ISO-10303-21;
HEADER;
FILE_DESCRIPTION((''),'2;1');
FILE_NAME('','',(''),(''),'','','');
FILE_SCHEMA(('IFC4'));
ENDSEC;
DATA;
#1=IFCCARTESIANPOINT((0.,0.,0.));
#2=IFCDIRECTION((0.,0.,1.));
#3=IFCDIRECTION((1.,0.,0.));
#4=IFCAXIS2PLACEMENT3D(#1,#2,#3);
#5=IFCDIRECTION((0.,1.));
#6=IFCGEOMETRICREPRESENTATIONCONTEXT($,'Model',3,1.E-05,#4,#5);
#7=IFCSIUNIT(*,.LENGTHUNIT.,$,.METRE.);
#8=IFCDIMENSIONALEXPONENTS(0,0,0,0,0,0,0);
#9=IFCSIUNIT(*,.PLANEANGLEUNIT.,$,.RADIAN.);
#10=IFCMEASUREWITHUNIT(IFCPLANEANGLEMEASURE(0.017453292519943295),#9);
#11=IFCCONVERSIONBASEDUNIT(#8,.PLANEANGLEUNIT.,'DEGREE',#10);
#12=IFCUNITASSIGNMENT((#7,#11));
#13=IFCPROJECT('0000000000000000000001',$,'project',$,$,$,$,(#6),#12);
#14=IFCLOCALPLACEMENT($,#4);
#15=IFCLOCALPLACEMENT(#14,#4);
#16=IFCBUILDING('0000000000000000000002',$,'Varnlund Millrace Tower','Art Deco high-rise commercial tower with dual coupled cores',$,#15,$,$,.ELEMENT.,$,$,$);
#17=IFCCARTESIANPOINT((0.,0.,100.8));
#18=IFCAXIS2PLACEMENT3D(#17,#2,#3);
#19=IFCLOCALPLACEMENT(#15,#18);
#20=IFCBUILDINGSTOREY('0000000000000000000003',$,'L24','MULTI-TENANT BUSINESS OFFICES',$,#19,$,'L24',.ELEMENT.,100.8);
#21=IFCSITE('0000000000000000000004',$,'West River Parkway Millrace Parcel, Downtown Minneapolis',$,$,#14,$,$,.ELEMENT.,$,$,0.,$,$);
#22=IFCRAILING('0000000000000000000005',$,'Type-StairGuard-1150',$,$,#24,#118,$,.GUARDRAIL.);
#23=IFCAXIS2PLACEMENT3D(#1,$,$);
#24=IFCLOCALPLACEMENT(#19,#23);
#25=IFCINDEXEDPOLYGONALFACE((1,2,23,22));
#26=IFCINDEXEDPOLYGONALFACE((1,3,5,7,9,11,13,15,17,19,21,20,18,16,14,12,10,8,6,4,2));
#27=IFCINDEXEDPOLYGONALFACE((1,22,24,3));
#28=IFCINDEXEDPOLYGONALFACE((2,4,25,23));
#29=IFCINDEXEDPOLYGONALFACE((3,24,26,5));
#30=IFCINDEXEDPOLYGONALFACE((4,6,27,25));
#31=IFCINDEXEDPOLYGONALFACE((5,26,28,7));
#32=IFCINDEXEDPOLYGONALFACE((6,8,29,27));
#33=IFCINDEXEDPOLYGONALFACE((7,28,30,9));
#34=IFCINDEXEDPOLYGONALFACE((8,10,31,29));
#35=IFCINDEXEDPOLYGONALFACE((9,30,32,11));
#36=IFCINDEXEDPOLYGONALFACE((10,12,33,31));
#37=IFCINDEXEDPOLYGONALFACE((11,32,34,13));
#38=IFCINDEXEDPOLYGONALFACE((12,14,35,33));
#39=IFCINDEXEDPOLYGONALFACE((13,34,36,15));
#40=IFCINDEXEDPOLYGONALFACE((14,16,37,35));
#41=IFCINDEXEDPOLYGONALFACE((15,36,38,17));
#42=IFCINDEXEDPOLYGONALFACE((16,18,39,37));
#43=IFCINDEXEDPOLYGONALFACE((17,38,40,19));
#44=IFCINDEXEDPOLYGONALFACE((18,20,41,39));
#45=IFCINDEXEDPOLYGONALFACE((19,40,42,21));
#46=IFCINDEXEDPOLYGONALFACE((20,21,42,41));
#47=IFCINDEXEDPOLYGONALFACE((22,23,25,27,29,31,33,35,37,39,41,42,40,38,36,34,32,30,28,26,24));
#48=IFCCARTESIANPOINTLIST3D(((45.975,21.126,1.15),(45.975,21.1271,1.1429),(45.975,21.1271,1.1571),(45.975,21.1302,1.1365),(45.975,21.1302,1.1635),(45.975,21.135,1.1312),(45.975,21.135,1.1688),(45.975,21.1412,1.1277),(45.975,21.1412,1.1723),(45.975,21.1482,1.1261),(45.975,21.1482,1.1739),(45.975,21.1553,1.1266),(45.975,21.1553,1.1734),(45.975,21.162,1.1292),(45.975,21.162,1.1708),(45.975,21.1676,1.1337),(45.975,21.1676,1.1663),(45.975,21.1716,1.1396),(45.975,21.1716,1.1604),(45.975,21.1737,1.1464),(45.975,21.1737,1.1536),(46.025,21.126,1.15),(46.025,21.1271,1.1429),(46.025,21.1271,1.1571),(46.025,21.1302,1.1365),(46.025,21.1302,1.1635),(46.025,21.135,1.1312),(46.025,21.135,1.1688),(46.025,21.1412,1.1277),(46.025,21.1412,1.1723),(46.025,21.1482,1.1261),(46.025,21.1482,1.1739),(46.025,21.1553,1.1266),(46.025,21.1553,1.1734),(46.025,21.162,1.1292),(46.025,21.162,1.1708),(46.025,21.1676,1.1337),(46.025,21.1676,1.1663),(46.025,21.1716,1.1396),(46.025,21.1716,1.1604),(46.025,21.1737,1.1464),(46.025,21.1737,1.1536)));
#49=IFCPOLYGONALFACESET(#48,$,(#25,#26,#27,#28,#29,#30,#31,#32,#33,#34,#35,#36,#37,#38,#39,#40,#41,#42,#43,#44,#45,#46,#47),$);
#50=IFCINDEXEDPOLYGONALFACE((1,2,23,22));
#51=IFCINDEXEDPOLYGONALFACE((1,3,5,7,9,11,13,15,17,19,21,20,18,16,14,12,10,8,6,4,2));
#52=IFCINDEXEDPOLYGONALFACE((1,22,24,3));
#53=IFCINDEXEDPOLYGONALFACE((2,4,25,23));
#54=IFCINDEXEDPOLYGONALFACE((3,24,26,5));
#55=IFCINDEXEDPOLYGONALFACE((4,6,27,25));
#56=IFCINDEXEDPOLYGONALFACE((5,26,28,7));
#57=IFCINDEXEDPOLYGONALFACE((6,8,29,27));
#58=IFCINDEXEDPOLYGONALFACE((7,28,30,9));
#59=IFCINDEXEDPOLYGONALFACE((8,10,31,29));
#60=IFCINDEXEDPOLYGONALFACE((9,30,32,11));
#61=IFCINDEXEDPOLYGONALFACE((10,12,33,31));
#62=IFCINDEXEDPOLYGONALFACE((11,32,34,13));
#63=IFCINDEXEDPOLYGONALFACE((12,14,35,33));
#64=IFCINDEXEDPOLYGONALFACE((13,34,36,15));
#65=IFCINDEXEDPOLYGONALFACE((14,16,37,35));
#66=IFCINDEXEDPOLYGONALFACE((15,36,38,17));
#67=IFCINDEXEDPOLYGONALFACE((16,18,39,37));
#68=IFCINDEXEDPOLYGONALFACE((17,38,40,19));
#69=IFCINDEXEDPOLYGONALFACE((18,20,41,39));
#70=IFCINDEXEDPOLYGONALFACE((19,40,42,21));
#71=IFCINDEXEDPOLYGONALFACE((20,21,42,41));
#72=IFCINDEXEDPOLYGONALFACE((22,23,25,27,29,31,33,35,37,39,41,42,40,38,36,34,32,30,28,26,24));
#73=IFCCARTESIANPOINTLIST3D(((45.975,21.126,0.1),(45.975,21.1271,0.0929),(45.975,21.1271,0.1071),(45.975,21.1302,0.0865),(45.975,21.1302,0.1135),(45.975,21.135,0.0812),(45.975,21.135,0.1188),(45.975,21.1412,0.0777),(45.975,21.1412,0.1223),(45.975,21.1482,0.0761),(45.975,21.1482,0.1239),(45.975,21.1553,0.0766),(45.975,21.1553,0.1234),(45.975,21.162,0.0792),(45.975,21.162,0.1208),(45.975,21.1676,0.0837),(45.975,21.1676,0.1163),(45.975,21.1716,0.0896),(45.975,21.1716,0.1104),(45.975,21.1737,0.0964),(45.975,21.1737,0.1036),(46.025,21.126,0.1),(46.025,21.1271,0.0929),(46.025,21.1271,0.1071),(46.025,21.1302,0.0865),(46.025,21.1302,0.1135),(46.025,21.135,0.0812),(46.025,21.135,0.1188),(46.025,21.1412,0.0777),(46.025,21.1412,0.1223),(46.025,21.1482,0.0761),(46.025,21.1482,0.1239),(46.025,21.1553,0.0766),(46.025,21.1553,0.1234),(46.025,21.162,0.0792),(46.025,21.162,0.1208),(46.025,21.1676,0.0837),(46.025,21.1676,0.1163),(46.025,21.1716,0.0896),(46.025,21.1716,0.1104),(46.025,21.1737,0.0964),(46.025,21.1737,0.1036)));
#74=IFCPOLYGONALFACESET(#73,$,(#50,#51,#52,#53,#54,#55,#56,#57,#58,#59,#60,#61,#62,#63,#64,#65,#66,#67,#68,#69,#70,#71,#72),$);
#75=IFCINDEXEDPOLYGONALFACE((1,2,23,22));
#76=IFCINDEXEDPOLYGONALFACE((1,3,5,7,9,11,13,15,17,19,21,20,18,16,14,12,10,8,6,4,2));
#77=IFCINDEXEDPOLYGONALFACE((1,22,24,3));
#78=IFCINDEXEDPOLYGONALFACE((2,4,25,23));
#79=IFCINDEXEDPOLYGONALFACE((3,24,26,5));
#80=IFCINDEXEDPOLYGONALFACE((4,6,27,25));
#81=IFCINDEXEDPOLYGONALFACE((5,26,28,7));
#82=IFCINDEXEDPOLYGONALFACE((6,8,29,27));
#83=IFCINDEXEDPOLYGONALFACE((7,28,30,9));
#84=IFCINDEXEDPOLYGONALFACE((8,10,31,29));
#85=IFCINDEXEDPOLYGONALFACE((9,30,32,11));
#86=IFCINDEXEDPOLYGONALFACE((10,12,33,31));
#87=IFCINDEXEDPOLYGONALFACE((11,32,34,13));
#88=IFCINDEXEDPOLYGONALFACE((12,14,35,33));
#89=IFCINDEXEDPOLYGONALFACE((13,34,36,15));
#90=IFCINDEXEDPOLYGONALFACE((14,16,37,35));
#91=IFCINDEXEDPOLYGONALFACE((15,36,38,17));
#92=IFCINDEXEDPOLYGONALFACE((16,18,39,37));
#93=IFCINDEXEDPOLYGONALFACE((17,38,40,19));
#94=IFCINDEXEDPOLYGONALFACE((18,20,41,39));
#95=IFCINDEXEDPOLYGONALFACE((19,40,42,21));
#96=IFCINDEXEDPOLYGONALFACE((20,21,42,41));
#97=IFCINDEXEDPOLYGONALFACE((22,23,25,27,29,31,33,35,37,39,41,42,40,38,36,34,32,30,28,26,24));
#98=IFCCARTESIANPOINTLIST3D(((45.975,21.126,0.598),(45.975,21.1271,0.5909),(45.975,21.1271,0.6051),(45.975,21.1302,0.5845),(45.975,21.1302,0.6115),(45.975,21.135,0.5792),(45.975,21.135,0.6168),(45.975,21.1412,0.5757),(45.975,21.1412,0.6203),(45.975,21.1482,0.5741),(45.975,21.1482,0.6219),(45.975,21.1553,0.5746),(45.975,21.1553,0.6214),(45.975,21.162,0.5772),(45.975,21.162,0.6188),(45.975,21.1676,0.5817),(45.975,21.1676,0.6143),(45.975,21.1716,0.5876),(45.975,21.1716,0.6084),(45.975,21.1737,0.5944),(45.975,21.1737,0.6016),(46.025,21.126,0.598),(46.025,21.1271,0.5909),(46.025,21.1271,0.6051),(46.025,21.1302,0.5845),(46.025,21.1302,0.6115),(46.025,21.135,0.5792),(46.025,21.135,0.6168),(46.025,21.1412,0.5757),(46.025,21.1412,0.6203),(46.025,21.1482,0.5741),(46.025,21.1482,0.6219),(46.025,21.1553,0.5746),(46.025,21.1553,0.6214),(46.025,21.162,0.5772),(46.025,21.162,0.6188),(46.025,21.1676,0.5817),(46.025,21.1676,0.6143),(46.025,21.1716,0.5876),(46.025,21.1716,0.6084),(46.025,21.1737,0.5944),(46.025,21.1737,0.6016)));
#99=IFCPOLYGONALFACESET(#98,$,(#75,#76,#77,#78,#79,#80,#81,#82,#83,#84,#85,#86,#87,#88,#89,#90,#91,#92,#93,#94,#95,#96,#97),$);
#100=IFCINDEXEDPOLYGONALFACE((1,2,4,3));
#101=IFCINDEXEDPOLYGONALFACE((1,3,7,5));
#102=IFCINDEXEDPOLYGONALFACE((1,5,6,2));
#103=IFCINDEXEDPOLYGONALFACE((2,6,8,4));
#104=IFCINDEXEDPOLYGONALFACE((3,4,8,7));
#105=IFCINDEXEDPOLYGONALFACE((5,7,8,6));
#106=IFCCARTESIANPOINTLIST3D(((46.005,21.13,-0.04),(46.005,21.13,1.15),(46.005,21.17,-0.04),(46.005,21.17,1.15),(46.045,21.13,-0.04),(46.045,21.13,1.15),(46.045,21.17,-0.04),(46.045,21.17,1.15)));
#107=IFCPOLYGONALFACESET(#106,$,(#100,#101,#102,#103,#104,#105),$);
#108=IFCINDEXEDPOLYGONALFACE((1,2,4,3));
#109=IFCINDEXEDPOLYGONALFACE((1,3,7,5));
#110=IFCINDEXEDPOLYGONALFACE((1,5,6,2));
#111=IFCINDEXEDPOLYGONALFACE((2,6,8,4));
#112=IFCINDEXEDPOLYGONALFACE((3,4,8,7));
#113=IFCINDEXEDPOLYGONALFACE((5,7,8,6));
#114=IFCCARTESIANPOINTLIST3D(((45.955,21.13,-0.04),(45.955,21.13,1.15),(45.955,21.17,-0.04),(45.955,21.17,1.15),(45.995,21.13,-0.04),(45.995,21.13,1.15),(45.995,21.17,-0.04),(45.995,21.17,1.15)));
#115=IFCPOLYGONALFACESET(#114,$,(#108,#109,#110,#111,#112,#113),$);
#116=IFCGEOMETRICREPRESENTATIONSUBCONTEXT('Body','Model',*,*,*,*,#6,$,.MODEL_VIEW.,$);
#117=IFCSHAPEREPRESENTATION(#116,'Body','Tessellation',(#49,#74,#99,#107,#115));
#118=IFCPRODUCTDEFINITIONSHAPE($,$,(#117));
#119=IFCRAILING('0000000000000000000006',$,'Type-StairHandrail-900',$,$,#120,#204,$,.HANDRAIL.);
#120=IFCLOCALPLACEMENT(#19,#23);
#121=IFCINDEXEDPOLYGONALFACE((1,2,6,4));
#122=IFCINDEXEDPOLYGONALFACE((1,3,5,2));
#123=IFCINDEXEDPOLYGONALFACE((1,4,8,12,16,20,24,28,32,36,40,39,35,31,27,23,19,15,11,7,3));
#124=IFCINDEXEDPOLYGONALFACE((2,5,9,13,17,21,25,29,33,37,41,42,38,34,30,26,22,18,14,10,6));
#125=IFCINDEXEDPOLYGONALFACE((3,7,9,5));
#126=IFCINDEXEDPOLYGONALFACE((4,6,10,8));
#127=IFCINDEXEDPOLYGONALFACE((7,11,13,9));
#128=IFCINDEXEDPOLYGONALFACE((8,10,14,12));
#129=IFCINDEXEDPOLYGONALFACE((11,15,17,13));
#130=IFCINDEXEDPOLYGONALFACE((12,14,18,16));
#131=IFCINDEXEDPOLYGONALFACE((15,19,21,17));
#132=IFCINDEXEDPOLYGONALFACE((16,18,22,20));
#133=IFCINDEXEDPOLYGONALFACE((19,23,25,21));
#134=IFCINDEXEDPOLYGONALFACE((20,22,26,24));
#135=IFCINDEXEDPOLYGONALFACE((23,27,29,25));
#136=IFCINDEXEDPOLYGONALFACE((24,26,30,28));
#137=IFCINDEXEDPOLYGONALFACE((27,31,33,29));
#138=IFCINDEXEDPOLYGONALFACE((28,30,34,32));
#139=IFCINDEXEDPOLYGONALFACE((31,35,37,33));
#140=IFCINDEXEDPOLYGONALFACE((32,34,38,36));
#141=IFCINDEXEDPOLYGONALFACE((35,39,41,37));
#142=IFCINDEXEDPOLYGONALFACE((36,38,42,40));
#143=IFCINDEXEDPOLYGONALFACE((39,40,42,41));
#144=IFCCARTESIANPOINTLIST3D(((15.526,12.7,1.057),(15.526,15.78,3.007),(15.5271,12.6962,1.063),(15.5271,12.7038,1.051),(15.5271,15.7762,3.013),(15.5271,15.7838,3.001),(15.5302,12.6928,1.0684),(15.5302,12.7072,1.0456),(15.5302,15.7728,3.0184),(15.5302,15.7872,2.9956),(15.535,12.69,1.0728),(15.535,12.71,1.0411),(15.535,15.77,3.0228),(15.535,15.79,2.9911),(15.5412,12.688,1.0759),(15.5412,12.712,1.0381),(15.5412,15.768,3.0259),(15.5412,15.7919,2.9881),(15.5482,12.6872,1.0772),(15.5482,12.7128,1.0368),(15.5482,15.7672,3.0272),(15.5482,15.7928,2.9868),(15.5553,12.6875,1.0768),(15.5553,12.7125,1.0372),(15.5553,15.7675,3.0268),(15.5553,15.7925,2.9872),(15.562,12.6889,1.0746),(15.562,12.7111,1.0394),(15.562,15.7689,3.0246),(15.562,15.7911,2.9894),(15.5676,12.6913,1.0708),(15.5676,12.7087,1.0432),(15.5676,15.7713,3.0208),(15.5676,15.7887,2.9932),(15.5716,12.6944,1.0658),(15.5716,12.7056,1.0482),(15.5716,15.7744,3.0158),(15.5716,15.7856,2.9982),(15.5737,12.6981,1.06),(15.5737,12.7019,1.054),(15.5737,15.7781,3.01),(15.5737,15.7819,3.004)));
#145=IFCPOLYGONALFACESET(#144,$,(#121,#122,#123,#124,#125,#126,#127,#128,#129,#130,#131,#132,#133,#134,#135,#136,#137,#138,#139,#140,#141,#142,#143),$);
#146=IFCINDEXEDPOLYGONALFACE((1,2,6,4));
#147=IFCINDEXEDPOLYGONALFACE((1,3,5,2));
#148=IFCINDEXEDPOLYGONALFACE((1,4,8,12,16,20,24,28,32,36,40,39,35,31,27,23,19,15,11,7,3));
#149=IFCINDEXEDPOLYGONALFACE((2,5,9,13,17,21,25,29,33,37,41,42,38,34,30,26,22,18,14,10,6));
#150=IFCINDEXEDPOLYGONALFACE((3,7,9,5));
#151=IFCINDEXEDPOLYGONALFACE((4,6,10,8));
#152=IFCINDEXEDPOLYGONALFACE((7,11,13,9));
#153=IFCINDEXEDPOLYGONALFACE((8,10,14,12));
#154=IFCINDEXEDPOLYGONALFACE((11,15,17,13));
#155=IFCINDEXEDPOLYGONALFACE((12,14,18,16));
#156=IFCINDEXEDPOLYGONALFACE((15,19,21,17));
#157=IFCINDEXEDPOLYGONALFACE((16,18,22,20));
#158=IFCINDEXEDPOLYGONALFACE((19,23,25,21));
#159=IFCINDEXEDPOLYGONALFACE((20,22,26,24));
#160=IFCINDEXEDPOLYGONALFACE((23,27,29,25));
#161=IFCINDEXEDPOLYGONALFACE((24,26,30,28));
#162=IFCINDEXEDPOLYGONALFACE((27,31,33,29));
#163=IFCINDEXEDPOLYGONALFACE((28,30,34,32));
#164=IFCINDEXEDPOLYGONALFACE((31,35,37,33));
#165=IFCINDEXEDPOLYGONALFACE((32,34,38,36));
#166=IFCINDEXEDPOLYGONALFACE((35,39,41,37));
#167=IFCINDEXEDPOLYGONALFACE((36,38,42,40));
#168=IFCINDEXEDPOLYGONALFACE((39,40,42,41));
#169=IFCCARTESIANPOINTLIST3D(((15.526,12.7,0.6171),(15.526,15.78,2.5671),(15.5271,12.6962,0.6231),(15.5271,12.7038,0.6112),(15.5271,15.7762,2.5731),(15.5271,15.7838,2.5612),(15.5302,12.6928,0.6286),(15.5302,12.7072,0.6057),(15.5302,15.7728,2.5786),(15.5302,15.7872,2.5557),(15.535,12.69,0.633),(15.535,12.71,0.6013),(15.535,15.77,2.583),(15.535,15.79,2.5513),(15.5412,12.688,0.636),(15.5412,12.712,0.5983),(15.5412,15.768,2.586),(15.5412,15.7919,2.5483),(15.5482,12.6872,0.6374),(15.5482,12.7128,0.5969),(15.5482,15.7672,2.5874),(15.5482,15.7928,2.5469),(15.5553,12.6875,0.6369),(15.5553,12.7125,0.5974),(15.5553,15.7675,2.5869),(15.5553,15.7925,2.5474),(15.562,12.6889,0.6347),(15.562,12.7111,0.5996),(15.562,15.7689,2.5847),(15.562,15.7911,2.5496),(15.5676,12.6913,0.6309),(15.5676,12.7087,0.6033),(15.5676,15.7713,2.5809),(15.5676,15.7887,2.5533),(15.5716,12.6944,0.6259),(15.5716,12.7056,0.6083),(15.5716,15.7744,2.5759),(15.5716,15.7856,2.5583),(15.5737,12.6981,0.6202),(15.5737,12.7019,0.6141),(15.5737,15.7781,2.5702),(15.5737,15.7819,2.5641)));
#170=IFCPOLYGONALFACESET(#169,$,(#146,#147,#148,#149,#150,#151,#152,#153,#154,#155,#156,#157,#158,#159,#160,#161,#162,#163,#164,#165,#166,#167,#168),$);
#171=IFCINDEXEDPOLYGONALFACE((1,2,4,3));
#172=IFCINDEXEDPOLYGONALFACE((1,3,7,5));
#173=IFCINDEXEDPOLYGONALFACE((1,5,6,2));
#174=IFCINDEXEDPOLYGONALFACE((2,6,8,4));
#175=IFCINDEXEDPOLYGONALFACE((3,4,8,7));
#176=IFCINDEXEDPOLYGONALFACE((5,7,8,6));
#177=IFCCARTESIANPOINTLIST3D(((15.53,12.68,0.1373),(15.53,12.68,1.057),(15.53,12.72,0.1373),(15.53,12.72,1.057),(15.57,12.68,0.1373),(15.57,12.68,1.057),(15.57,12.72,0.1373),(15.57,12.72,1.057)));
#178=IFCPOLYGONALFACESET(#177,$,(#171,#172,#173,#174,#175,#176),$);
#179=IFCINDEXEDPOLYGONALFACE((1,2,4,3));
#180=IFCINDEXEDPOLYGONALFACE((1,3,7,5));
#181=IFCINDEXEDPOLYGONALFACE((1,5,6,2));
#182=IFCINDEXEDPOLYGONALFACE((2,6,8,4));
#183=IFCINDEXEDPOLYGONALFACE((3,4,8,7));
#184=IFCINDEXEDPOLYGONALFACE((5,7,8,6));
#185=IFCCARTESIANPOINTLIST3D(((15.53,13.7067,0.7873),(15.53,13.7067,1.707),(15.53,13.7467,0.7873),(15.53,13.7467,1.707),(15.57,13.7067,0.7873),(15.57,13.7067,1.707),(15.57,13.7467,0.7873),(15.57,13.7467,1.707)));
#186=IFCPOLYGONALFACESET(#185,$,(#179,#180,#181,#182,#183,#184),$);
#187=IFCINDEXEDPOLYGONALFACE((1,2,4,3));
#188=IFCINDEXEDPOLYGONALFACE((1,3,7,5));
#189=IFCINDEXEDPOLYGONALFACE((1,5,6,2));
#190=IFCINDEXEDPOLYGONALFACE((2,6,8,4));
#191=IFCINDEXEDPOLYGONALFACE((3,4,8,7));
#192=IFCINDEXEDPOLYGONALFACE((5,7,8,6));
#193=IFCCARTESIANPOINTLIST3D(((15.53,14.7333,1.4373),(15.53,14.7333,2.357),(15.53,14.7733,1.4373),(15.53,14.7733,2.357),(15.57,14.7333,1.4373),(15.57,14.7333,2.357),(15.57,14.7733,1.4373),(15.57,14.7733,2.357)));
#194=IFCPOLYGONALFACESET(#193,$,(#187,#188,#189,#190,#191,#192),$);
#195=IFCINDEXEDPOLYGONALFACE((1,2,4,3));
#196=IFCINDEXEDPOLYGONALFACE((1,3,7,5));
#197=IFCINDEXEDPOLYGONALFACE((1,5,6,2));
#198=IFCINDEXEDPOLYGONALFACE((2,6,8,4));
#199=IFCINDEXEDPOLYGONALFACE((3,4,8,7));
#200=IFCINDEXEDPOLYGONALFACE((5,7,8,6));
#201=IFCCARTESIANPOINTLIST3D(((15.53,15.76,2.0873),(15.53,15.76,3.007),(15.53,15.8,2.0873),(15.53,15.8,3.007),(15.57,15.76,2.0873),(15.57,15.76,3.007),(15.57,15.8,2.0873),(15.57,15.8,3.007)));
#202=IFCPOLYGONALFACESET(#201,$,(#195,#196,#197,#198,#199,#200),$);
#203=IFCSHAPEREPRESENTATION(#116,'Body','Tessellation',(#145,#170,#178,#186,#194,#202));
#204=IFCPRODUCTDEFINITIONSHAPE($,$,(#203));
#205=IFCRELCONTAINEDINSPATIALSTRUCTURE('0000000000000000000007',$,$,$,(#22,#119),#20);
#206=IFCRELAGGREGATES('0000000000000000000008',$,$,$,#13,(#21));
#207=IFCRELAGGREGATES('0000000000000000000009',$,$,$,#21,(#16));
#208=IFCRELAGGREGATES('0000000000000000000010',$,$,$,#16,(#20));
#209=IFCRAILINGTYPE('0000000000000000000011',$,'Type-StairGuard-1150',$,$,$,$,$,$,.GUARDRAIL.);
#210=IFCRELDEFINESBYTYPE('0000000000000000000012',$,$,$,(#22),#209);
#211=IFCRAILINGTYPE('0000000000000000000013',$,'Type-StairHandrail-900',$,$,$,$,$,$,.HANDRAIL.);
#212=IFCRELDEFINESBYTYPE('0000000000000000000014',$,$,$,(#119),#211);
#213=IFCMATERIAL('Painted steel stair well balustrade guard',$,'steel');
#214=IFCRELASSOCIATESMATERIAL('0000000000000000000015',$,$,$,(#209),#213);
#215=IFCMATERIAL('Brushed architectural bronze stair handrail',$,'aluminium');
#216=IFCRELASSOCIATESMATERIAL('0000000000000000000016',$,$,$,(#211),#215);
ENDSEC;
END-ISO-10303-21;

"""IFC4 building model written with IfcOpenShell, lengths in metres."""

from ifc_helpers import new_model, entity, si_unit, converted_unit, direction, frame, origin_with_axes, origin_2d_with_axis, place, context, subcontext, project, spatial, rectangle, circle, extrude, material, type_object, element, save


model = new_model("IFC4")

# Units and contexts
model_context = context("Model", 3, precision=1e-05, world=origin_with_axes(), true_north=direction((0.0, 1.0)))
body_context = subcontext(model_context, "Body", "Model", "MODEL_VIEW")
ifc_project = project(units=[si_unit("LENGTHUNIT", "METRE"), converted_unit("PLANEANGLEUNIT", "DEGREE", entity("IfcPlaneAngleMeasure", 0.017453292519943295), si_unit("PLANEANGLEUNIT", "RADIAN"), dimensions=[0, 0, 0, 0, 0, 0, 0])], contexts=[model_context])

# Site, building, storey
site_placement = place(None, origin_with_axes())
site = spatial("IfcSite", under=ifc_project, at=site_placement, Name="West River Parkway Millrace Parcel, Downtown Minneapolis", CompositionType="ELEMENT", RefElevation=0.0)
building_placement = place(site_placement, origin_with_axes())
building = spatial("IfcBuilding", under=site, at=building_placement, Name="Varnlund Millrace Tower", Description="Art Deco high-rise commercial tower with dual coupled cores", CompositionType="ELEMENT")
storey_placement = place(building_placement, frame((0.0, 0.0, 100.8), z_axis=(0.0, 0.0, 1.0), x_axis=(1.0, 0.0, 0.0)))
storey = spatial("IfcBuildingStorey", under=building, at=storey_placement, Name="L24", Description="MULTI-TENANT BUSINESS OFFICES", LongName="L24", CompositionType="ELEMENT", Elevation=100.8)

# Railings
ifc_material_1 = material(Name="Painted steel stair well balustrade guard", Category="steel")
railing_type_1 = type_object("IfcRailingType", Name="Type-StairGuard-1150", PredefinedType="GUARDRAIL", material=ifc_material_1)
railing_1_placement = place(storey_placement, frame((0.0, 0.0, -100.8), z_axis=(0.0, 0.0, 1.0), x_axis=(1.0, 0.0, 0.0)))
element("IfcRailing", 1, at=railing_1_placement, inside=storey, type_object=railing_type_1, Name="Type-StairGuard-1150", PredefinedType="GUARDRAIL", context=body_context, shape_type="SweptSolid", body=[
    extrude(circle(Radius=0.024, at=origin_2d_with_axis()), frame((46.025, 21.15, 101.95), z_axis=(-1.0, 0.0, 0.0), x_axis=(0.0, -1.0, 0.0)), (0.0, 0.0, 1.0), 0.05),
    extrude(circle(Radius=0.024, at=origin_2d_with_axis()), frame((46.025, 21.15, 100.9), z_axis=(-1.0, 0.0, 0.0), x_axis=(0.0, -1.0, 0.0)), (0.0, 0.0, 1.0), 0.05),
    extrude(circle(Radius=0.024, at=origin_2d_with_axis()), frame((46.025, 21.15, 101.398), z_axis=(-1.0, 0.0, 0.0), x_axis=(0.0, -1.0, 0.0)), (0.0, 0.0, 1.0), 0.05),
    extrude(rectangle(XDim=0.04, YDim=0.04, at=origin_2d_with_axis()), frame((46.025, 21.15, 100.76), z_axis=(0.0, 0.0, 1.0), x_axis=(1.0, 0.0, 0.0)), (0.0, 0.0, 1.0), 1.19),
    extrude(rectangle(XDim=0.04, YDim=0.04, at=origin_2d_with_axis()), frame((45.975, 21.15, 100.76), z_axis=(0.0, 0.0, 1.0), x_axis=(1.0, 0.0, 0.0)), (0.0, 0.0, 1.0), 1.19),
])
ifc_material_2 = material(Name="Brushed architectural bronze stair handrail", Category="aluminium")
railing_type_2 = type_object("IfcRailingType", Name="Type-StairHandrail-900", PredefinedType="HANDRAIL", material=ifc_material_2)
railing_2_placement = place(storey_placement, frame((0.0, 0.0, -100.8), z_axis=(0.0, 0.0, 1.0), x_axis=(1.0, 0.0, 0.0)))
element("IfcRailing", 2, at=railing_2_placement, inside=storey, type_object=railing_type_2, Name="Type-StairHandrail-900", PredefinedType="HANDRAIL", context=body_context, shape_type="SweptSolid", body=[
    extrude(circle(Radius=0.024, at=origin_2d_with_axis()), frame((15.55, 12.7, 101.857), z_axis=(0.0, 0.844902, 0.534922), x_axis=(-1.0, 0.0, 0.0)), (0.0, 0.0, 1.0), 3.6454),
    extrude(circle(Radius=0.024, at=origin_2d_with_axis()), frame((15.55, 12.7, 101.4171), z_axis=(0.0, 0.844902, 0.534922), x_axis=(-1.0, 0.0, 0.0)), (0.0, 0.0, 1.0), 3.6454),
    extrude(rectangle(XDim=0.04, YDim=0.04, at=origin_2d_with_axis()), frame((15.55, 12.7, 100.9373), z_axis=(0.0, 0.0, 1.0), x_axis=(1.0, 0.0, 0.0)), (0.0, 0.0, 1.0), 0.9197),
    extrude(rectangle(XDim=0.04, YDim=0.04, at=origin_2d_with_axis()), frame((15.55, 13.7267, 101.5873), z_axis=(0.0, 0.0, 1.0), x_axis=(1.0, 0.0, 0.0)), (0.0, 0.0, 1.0), 0.9197),
    extrude(rectangle(XDim=0.04, YDim=0.04, at=origin_2d_with_axis()), frame((15.55, 14.7533, 102.2373), z_axis=(0.0, 0.0, 1.0), x_axis=(1.0, 0.0, 0.0)), (0.0, 0.0, 1.0), 0.9197),
    extrude(rectangle(XDim=0.04, YDim=0.04, at=origin_2d_with_axis()), frame((15.55, 15.78, 102.8873), z_axis=(0.0, 0.0, 1.0), x_axis=(1.0, 0.0, 0.0)), (0.0, 0.0, 1.0), 0.9197),
])

save(model, "model.ifc")
